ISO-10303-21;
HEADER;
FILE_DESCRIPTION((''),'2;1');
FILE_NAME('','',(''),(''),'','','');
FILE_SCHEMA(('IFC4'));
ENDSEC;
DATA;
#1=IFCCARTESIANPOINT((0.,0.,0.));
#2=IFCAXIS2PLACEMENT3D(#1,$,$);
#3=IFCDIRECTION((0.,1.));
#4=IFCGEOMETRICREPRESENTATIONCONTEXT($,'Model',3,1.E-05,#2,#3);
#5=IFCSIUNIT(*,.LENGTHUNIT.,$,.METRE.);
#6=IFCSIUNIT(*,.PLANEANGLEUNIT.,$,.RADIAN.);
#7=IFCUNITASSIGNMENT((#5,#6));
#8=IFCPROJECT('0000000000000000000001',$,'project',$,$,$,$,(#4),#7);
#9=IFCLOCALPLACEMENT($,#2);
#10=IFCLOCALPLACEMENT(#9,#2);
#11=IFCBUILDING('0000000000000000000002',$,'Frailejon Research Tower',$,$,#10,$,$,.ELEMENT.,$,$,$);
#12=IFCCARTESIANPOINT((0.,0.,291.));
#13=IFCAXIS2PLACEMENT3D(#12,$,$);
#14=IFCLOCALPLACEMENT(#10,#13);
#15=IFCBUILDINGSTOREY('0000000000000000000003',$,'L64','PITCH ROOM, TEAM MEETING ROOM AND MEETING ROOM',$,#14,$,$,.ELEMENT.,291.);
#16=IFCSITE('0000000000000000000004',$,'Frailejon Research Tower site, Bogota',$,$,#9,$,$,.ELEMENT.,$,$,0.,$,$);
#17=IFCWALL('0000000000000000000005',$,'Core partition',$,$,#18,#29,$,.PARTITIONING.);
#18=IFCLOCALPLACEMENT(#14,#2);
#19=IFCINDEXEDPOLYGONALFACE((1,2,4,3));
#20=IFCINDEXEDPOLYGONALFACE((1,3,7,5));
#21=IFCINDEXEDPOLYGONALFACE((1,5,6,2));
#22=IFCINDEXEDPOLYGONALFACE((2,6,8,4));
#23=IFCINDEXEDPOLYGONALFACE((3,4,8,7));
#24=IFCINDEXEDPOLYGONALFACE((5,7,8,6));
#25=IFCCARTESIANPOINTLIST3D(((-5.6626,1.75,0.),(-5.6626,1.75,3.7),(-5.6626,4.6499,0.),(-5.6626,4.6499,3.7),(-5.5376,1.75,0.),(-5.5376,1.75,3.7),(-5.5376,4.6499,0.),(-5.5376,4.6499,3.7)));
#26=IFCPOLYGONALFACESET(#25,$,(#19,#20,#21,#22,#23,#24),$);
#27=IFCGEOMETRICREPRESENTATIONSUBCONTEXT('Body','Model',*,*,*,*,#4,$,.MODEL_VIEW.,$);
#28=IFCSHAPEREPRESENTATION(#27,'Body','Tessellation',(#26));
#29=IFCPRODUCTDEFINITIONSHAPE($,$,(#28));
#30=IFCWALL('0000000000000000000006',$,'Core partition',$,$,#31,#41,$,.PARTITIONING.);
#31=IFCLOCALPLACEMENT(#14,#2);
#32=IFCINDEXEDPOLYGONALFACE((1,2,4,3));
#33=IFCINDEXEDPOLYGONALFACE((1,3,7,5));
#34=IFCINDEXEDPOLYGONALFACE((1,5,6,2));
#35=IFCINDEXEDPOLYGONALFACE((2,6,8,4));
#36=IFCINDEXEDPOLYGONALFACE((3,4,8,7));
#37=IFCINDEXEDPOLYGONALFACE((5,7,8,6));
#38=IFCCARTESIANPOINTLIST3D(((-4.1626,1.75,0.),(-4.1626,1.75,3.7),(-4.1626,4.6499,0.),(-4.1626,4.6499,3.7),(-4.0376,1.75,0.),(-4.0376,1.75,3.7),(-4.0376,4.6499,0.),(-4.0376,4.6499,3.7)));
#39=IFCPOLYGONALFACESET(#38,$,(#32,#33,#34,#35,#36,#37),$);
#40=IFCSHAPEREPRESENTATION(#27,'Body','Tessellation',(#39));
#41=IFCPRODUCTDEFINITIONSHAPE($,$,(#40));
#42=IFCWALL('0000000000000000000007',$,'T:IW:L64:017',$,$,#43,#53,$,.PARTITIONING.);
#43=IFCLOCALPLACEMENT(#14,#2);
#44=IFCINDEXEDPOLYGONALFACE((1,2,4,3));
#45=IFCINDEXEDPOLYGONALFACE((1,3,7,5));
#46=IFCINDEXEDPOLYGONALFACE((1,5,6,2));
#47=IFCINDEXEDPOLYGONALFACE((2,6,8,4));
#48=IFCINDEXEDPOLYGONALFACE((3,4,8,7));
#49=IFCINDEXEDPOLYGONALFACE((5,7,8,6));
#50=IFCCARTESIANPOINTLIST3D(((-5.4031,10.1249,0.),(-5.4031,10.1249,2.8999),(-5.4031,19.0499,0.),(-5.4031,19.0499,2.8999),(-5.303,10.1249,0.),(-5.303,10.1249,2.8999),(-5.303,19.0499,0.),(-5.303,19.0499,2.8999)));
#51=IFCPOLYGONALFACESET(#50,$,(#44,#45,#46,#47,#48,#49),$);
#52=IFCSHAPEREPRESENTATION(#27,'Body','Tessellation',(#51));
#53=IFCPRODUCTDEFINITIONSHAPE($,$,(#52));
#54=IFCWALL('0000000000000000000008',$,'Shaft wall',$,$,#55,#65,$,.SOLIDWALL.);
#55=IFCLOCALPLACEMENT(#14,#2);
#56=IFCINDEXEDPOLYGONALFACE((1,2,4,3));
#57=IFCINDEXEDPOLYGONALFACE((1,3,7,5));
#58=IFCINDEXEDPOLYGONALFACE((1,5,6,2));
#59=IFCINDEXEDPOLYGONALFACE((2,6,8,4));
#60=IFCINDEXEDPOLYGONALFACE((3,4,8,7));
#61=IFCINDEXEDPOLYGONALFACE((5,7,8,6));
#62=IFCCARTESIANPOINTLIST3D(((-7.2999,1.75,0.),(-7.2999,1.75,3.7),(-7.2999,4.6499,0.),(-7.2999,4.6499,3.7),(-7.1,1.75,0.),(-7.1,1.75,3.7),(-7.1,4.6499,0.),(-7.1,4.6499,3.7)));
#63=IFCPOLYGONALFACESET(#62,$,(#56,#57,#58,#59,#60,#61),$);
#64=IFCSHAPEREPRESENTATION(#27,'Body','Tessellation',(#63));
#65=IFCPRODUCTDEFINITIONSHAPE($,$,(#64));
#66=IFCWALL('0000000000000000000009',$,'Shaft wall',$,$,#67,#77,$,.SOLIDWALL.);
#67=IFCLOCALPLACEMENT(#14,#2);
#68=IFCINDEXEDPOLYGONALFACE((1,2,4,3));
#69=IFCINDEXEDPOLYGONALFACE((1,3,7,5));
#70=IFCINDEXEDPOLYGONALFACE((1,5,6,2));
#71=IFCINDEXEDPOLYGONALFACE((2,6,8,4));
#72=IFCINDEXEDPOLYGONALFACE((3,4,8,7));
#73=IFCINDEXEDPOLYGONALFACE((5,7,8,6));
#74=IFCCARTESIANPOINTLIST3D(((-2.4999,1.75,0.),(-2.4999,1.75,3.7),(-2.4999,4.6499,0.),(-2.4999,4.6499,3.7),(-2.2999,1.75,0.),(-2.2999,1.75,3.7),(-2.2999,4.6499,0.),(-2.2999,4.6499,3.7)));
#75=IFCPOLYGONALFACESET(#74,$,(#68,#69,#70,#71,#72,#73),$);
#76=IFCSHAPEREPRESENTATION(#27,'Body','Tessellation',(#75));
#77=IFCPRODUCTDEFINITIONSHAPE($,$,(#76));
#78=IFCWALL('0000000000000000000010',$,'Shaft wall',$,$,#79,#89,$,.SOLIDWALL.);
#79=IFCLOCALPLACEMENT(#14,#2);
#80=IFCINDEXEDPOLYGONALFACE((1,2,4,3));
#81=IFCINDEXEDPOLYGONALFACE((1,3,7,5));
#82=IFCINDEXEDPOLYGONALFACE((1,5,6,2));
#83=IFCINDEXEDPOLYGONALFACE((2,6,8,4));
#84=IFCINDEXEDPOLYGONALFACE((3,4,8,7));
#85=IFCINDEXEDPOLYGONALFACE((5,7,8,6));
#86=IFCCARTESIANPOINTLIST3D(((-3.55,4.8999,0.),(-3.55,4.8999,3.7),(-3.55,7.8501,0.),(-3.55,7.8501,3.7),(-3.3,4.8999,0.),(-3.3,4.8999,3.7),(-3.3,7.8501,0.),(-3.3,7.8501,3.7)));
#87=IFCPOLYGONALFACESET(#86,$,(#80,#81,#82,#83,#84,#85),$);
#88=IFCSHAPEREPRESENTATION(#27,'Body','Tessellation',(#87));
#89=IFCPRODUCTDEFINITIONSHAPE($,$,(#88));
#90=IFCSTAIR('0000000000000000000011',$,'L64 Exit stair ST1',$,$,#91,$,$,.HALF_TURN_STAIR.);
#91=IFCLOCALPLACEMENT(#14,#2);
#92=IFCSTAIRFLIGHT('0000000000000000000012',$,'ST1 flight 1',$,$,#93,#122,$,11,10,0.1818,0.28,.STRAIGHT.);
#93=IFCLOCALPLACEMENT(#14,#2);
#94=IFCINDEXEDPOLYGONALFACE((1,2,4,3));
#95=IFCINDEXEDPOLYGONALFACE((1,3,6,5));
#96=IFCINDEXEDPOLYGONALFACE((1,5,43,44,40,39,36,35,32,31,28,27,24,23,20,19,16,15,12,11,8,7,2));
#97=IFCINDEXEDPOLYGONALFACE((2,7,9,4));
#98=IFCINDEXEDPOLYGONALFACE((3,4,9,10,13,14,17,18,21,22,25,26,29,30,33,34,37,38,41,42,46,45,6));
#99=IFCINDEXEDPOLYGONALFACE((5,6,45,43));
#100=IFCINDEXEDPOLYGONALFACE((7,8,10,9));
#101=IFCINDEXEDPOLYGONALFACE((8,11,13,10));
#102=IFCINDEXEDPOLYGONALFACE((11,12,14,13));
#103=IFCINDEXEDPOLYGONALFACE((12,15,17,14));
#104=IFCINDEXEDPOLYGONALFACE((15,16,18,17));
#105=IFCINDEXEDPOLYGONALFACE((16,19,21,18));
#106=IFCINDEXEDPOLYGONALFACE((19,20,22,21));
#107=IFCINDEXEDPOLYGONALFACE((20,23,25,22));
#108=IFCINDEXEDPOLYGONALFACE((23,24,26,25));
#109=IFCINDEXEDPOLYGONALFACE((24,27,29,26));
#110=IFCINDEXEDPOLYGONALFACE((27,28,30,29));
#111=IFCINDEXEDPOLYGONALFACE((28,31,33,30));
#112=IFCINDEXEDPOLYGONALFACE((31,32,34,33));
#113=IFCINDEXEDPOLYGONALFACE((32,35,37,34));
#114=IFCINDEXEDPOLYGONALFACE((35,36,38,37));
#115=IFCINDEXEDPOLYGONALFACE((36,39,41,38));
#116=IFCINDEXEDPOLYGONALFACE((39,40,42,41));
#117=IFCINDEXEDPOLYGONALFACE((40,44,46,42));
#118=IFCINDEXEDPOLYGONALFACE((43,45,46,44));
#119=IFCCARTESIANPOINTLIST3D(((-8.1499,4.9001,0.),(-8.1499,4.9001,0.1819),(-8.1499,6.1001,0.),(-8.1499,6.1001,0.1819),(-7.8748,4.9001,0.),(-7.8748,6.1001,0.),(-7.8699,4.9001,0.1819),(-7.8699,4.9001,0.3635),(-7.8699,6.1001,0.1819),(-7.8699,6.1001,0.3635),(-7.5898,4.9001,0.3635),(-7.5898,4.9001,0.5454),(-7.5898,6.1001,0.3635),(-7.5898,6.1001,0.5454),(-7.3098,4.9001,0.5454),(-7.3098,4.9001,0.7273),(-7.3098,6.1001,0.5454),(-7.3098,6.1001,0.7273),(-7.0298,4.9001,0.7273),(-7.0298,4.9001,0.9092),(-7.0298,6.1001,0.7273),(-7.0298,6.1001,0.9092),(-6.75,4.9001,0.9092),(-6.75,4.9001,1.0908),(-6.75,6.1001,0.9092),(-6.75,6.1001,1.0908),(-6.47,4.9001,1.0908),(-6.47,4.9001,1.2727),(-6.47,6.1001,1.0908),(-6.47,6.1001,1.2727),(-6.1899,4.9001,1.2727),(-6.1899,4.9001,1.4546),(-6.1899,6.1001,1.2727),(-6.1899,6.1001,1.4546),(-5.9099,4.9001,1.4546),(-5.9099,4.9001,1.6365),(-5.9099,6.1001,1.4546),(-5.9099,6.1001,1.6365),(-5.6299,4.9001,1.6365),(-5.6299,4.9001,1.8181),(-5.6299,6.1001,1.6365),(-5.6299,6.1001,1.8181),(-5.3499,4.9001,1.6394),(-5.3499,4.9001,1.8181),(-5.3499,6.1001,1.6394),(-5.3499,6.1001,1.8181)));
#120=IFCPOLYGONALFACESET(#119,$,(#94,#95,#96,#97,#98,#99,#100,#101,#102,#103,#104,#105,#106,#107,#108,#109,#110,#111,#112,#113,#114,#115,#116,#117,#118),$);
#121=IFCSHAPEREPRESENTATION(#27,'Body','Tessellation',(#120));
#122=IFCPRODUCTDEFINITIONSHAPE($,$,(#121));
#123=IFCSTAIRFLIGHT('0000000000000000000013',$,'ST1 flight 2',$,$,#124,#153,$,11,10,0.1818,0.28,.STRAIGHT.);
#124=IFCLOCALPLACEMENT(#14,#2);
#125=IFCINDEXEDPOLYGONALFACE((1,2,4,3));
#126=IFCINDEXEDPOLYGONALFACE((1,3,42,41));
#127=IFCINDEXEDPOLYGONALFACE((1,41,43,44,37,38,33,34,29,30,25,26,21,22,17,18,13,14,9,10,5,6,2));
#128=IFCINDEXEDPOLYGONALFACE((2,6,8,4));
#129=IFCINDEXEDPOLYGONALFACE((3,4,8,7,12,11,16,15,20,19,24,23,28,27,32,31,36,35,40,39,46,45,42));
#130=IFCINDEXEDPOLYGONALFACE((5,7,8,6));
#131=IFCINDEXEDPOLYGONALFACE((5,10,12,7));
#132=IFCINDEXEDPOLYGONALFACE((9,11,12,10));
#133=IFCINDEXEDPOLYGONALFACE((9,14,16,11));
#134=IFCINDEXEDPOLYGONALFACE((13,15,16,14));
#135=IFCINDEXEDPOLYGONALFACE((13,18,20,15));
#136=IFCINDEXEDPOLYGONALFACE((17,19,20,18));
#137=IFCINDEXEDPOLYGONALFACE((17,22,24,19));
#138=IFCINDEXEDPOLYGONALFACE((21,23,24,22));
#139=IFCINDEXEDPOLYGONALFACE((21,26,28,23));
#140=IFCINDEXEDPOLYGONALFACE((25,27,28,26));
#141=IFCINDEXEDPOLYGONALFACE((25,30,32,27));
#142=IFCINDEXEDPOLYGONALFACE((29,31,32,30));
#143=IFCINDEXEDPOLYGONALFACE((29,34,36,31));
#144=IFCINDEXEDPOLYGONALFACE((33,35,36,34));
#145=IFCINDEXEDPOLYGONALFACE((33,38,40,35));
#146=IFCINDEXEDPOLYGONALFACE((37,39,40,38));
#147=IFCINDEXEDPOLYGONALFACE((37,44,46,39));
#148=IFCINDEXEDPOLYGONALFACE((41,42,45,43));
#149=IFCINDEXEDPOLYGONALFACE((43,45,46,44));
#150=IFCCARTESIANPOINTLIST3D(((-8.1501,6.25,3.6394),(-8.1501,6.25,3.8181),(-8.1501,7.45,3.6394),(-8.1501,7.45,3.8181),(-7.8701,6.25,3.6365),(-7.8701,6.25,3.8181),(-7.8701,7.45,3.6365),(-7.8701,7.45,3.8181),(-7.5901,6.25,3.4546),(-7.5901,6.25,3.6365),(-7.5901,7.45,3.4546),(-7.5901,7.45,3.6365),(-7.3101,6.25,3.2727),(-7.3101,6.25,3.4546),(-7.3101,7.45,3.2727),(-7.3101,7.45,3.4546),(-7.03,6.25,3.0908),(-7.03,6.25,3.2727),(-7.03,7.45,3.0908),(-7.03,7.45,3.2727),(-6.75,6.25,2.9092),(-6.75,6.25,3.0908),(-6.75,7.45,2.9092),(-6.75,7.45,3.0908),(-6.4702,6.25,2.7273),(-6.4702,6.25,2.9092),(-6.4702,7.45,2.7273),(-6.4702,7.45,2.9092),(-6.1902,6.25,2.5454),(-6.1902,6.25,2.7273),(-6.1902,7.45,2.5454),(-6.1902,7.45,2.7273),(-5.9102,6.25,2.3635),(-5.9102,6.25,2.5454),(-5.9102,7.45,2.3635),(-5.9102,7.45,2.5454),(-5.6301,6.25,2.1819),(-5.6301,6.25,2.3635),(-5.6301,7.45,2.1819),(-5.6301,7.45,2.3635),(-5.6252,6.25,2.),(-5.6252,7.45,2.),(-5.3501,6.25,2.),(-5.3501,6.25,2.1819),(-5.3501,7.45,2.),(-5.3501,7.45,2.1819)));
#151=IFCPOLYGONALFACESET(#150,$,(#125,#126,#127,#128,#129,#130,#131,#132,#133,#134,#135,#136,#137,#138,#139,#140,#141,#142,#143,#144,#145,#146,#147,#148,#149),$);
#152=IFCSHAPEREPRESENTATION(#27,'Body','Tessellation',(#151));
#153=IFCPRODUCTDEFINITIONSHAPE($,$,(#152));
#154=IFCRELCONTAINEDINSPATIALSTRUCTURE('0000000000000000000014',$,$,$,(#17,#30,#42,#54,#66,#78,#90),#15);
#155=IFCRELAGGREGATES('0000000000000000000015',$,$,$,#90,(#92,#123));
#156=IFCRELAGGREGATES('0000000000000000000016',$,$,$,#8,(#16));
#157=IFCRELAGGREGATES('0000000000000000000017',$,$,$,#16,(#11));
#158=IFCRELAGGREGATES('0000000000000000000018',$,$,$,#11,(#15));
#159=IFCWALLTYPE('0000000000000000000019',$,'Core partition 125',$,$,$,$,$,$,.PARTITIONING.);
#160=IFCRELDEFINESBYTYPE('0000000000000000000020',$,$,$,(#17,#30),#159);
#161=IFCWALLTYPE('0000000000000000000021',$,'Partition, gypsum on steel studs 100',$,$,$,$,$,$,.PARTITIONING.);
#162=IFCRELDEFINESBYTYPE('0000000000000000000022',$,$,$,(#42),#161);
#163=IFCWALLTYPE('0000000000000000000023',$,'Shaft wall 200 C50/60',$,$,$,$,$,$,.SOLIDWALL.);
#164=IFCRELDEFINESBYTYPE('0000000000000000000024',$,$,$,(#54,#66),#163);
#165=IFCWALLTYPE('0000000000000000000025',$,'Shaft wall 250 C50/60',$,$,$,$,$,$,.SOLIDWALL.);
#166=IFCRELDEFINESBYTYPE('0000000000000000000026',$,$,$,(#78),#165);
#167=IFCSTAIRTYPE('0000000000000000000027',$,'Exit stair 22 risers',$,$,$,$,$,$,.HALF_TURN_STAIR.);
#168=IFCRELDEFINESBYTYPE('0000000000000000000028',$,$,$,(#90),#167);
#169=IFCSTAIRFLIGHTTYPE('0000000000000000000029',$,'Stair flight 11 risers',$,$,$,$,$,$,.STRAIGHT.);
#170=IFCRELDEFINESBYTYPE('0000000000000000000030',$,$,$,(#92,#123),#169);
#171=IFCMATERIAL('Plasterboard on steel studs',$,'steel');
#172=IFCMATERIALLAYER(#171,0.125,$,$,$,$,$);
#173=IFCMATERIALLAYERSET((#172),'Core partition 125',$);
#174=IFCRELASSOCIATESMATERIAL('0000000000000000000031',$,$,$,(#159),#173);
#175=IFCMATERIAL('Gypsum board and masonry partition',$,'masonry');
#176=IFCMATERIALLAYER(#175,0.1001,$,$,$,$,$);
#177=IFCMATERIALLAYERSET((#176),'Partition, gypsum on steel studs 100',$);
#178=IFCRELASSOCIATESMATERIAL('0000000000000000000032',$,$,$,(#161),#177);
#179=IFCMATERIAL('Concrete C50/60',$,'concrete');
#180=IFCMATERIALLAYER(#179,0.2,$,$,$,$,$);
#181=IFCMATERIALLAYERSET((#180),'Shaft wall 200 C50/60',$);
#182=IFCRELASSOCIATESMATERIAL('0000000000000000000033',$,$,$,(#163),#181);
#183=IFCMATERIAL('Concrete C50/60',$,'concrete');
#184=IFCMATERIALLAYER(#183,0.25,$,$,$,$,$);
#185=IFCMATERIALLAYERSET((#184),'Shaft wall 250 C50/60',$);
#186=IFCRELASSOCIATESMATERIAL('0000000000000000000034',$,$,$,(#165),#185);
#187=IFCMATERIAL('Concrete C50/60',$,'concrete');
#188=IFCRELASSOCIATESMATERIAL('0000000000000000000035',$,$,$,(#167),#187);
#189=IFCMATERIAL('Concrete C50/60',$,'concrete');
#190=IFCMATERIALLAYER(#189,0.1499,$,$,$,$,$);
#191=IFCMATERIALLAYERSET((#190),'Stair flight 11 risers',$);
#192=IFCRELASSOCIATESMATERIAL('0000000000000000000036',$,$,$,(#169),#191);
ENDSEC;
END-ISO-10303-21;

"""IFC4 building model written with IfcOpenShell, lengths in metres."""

from ifc_helpers import new_model, si_unit, direction, frame, frame_2d, origin, place, context, subcontext, project, spatial, polyline, rectangle, outline, extrude, material, layer, layer_set, type_object, element, aggregate, save


model = new_model("IFC4")

# Units and contexts
model_context = context("Model", 3, precision=1e-05, world=origin(), true_north=direction((0.0, 1.0)))
body_context = subcontext(model_context, "Body", "Model", "MODEL_VIEW")
ifc_project = project(units=[si_unit("LENGTHUNIT", "METRE"), si_unit("PLANEANGLEUNIT", "RADIAN")], contexts=[model_context])

# Site, building, storey
site_placement = place(None, origin())
site = spatial("IfcSite", under=ifc_project, at=site_placement, Name="Frailejon Research Tower site, Bogota", CompositionType="ELEMENT", RefElevation=0.0)
building_placement = place(site_placement, origin())
building = spatial("IfcBuilding", under=site, at=building_placement, Name="Frailejon Research Tower", CompositionType="ELEMENT")
storey_placement = place(building_placement, frame((0.0, 0.0, 291.0)))
storey = spatial("IfcBuildingStorey", under=building, at=storey_placement, Name="L64", Description="PITCH ROOM, TEAM MEETING ROOM AND MEETING ROOM", CompositionType="ELEMENT", Elevation=291.0)

# Walls
ifc_material_1 = material(Name="Plasterboard on steel studs", Category="steel")
ifc_layer_1 = layer(ifc_material_1, 0.125)
ifc_layer_set_1 = layer_set([ifc_layer_1], Name="Core partition 125")
wall_type_1 = type_object("IfcWallType", Name="Core partition 125", PredefinedType="PARTITIONING", material=ifc_layer_set_1)
for number, where, z_axis, x_axis, name in (
    (1, (-5.6001, 1.75, 0.0), (0.0, 0.0, 1.0), (0.0, 1.0, 0.0), "Core partition"),
    (2, (-4.1001, 1.75, 0.0), (0.0, 0.0, 1.0), (0.0, 1.0, 0.0), "Core partition"),
):
    element("IfcWall", number, at=place(storey_placement, frame(where, z_axis=z_axis, x_axis=x_axis)), inside=storey, type_object=wall_type_1, Name=name, PredefinedType="PARTITIONING", context=body_context, shape_type="SweptSolid", body=[
        extrude(rectangle(XDim=2.8999, YDim=0.125, at=frame_2d((1.45, 0.0))), origin(), (0.0, 0.0, 1.0), 3.7),
    ])
ifc_material_2 = material(Name="Gypsum board and masonry partition", Category="masonry")
ifc_layer_2 = layer(ifc_material_2, 0.1001)
ifc_layer_set_2 = layer_set([ifc_layer_2], Name="Partition, gypsum on steel studs 100")
wall_type_2 = type_object("IfcWallType", Name="Partition, gypsum on steel studs 100", PredefinedType="PARTITIONING", material=ifc_layer_set_2)
wall_1_placement = place(storey_placement, frame((-5.353, 10.125, 0.0), z_axis=(0.0, 0.0, 1.0), x_axis=(0.0, 1.0, 0.0)))
element("IfcWall", 3, at=wall_1_placement, inside=storey, type_object=wall_type_2, Name="T:IW:L64:017", PredefinedType="PARTITIONING", context=body_context, shape_type="SweptSolid", body=[
    extrude(rectangle(XDim=8.925, YDim=0.1001, at=frame_2d((4.4624, 0.0))), origin(), (0.0, 0.0, 1.0), 2.8999),
])
ifc_material_3 = material(Name="Concrete C50/60", Category="concrete")
ifc_layer_3 = layer(ifc_material_3, 0.2)
ifc_layer_set_3 = layer_set([ifc_layer_3], Name="Shaft wall 200 C50/60")
wall_type_3 = type_object("IfcWallType", Name="Shaft wall 200 C50/60", PredefinedType="SOLIDWALL", material=ifc_layer_set_3)
for number, where, z_axis, x_axis, name in (
    (4, (-7.2, 1.75, 0.0), (0.0, 0.0, 1.0), (0.0, 1.0, 0.0), "Shaft wall"),
    (5, (-2.3999, 1.75, 0.0), (0.0, 0.0, 1.0), (0.0, 1.0, 0.0), "Shaft wall"),
):
    element("IfcWall", number, at=place(storey_placement, frame(where, z_axis=z_axis, x_axis=x_axis)), inside=storey, type_object=wall_type_3, Name=name, PredefinedType="SOLIDWALL", context=body_context, shape_type="SweptSolid", body=[
        extrude(rectangle(XDim=2.8999, YDim=0.2, at=frame_2d((1.45, 0.0))), origin(), (0.0, 0.0, 1.0), 3.7),
    ])
ifc_material_4 = material(Name="Concrete C50/60", Category="concrete")
ifc_layer_4 = layer(ifc_material_4, 0.25)
ifc_layer_set_4 = layer_set([ifc_layer_4], Name="Shaft wall 250 C50/60")
wall_type_4 = type_object("IfcWallType", Name="Shaft wall 250 C50/60", PredefinedType="SOLIDWALL", material=ifc_layer_set_4)
wall_2_placement = place(storey_placement, frame((-3.425, 4.8999, 0.0), z_axis=(0.0, 0.0, 1.0), x_axis=(0.0, 1.0, 0.0)))
element("IfcWall", 6, at=wall_2_placement, inside=storey, type_object=wall_type_4, Name="Shaft wall", PredefinedType="SOLIDWALL", context=body_context, shape_type="SweptSolid", body=[
    extrude(rectangle(XDim=2.9502, YDim=0.25, at=frame_2d((1.4751, 0.0))), origin(), (0.0, 0.0, 1.0), 3.7),
])

# Stair, stair flights
ifc_material_5 = material(Name="Concrete C50/60", Category="concrete")
stair_type = type_object("IfcStairType", Name="Exit stair 22 risers", PredefinedType="HALF_TURN_STAIR", material=ifc_material_5)
stair_placement = place(storey_placement, origin())
stair = element("IfcStair", 7, at=stair_placement, inside=storey, type_object=stair_type, Name="L64 Exit stair ST1", PredefinedType="HALF_TURN_STAIR")
ifc_material_6 = material(Name="Concrete C50/60", Category="concrete")
ifc_layer_5 = layer(ifc_material_6, 0.1499)
ifc_layer_set_5 = layer_set([ifc_layer_5], Name="Stair flight 11 risers")
stair_flight_type = type_object("IfcStairFlightType", Name="Stair flight 11 risers", PredefinedType="STRAIGHT", material=ifc_layer_set_5)
stair_flight_1_placement = place(storey_placement, frame((-8.1499, 5.5, 0.0), z_axis=(0.0, 0.0, 1.0), x_axis=(1.0, 0.0, 0.0)))
stair_flight_1 = element("IfcStairFlight", 8, at=stair_flight_1_placement, type_object=stair_flight_type, Name="ST1 flight 1", NumberOfRisers=11, NumberOfTreads=10, PredefinedType="STRAIGHT", RiserHeight=0.1818, TreadLength=0.28, context=body_context, shape_type="SweptSolid", body=[
    extrude(outline(polyline([(0.0, 0.0), (0.0, 0.1819), (0.28, 0.1819), (0.28, 0.3635), (0.5601, 0.3635), (0.5601, 0.5454), (0.8401, 0.5454), (0.8401, 0.7273), (1.1201, 0.7273), (1.1201, 0.9092), (1.3999, 0.9092), (1.3999, 1.0908), (1.6799, 1.0908), (1.6799, 1.2727), (1.96, 1.2727), (1.96, 1.4546), (2.24, 1.4546), (2.24, 1.6365), (2.52, 1.6365), (2.52, 1.8181), (2.8, 1.8181), (2.8, 2.0), (2.8, 1.6394), (0.2751, 0.0), (0.0, 0.0)])), frame((0.0, 0.6001, 0.0), z_axis=(0.0, -1.0, 0.0), x_axis=(1.0, 0.0, 0.0)), (0.0, 0.0, 1.0), 1.2),
])
stair_flight_2_placement = place(storey_placement, frame((-5.3501, 6.8501, 2.0), z_axis=(0.0, 0.0, 1.0), x_axis=(-1.0, 0.0, 0.0)))
stair_flight_2 = element("IfcStairFlight", 9, at=stair_flight_2_placement, type_object=stair_flight_type, Name="ST1 flight 2", NumberOfRisers=11, NumberOfTreads=10, PredefinedType="STRAIGHT", RiserHeight=0.1818, TreadLength=0.28, context=body_context, shape_type="SweptSolid", body=[
    extrude(outline(polyline([(0.0, 0.0), (0.0, 0.1819), (0.28, 0.1819), (0.28, 0.3635), (0.5601, 0.3635), (0.5601, 0.5454), (0.8401, 0.5454), (0.8401, 0.7273), (1.1201, 0.7273), (1.1201, 0.9092), (1.3999, 0.9092), (1.3999, 1.0908), (1.6799, 1.0908), (1.6799, 1.2727), (1.96, 1.2727), (1.96, 1.4546), (2.24, 1.4546), (2.24, 1.6365), (2.52, 1.6365), (2.52, 1.8181), (2.8, 1.8181), (2.8, 2.0), (2.8, 1.6394), (0.2751, 0.0), (0.0, 0.0)])), frame((0.0, 0.6001, 0.0), z_axis=(0.0, -1.0, 0.0), x_axis=(1.0, 0.0, 0.0)), (0.0, 0.0, 1.0), 1.2),
])
aggregate(stair, [stair_flight_1, stair_flight_2])

save(model, "model.ifc")
